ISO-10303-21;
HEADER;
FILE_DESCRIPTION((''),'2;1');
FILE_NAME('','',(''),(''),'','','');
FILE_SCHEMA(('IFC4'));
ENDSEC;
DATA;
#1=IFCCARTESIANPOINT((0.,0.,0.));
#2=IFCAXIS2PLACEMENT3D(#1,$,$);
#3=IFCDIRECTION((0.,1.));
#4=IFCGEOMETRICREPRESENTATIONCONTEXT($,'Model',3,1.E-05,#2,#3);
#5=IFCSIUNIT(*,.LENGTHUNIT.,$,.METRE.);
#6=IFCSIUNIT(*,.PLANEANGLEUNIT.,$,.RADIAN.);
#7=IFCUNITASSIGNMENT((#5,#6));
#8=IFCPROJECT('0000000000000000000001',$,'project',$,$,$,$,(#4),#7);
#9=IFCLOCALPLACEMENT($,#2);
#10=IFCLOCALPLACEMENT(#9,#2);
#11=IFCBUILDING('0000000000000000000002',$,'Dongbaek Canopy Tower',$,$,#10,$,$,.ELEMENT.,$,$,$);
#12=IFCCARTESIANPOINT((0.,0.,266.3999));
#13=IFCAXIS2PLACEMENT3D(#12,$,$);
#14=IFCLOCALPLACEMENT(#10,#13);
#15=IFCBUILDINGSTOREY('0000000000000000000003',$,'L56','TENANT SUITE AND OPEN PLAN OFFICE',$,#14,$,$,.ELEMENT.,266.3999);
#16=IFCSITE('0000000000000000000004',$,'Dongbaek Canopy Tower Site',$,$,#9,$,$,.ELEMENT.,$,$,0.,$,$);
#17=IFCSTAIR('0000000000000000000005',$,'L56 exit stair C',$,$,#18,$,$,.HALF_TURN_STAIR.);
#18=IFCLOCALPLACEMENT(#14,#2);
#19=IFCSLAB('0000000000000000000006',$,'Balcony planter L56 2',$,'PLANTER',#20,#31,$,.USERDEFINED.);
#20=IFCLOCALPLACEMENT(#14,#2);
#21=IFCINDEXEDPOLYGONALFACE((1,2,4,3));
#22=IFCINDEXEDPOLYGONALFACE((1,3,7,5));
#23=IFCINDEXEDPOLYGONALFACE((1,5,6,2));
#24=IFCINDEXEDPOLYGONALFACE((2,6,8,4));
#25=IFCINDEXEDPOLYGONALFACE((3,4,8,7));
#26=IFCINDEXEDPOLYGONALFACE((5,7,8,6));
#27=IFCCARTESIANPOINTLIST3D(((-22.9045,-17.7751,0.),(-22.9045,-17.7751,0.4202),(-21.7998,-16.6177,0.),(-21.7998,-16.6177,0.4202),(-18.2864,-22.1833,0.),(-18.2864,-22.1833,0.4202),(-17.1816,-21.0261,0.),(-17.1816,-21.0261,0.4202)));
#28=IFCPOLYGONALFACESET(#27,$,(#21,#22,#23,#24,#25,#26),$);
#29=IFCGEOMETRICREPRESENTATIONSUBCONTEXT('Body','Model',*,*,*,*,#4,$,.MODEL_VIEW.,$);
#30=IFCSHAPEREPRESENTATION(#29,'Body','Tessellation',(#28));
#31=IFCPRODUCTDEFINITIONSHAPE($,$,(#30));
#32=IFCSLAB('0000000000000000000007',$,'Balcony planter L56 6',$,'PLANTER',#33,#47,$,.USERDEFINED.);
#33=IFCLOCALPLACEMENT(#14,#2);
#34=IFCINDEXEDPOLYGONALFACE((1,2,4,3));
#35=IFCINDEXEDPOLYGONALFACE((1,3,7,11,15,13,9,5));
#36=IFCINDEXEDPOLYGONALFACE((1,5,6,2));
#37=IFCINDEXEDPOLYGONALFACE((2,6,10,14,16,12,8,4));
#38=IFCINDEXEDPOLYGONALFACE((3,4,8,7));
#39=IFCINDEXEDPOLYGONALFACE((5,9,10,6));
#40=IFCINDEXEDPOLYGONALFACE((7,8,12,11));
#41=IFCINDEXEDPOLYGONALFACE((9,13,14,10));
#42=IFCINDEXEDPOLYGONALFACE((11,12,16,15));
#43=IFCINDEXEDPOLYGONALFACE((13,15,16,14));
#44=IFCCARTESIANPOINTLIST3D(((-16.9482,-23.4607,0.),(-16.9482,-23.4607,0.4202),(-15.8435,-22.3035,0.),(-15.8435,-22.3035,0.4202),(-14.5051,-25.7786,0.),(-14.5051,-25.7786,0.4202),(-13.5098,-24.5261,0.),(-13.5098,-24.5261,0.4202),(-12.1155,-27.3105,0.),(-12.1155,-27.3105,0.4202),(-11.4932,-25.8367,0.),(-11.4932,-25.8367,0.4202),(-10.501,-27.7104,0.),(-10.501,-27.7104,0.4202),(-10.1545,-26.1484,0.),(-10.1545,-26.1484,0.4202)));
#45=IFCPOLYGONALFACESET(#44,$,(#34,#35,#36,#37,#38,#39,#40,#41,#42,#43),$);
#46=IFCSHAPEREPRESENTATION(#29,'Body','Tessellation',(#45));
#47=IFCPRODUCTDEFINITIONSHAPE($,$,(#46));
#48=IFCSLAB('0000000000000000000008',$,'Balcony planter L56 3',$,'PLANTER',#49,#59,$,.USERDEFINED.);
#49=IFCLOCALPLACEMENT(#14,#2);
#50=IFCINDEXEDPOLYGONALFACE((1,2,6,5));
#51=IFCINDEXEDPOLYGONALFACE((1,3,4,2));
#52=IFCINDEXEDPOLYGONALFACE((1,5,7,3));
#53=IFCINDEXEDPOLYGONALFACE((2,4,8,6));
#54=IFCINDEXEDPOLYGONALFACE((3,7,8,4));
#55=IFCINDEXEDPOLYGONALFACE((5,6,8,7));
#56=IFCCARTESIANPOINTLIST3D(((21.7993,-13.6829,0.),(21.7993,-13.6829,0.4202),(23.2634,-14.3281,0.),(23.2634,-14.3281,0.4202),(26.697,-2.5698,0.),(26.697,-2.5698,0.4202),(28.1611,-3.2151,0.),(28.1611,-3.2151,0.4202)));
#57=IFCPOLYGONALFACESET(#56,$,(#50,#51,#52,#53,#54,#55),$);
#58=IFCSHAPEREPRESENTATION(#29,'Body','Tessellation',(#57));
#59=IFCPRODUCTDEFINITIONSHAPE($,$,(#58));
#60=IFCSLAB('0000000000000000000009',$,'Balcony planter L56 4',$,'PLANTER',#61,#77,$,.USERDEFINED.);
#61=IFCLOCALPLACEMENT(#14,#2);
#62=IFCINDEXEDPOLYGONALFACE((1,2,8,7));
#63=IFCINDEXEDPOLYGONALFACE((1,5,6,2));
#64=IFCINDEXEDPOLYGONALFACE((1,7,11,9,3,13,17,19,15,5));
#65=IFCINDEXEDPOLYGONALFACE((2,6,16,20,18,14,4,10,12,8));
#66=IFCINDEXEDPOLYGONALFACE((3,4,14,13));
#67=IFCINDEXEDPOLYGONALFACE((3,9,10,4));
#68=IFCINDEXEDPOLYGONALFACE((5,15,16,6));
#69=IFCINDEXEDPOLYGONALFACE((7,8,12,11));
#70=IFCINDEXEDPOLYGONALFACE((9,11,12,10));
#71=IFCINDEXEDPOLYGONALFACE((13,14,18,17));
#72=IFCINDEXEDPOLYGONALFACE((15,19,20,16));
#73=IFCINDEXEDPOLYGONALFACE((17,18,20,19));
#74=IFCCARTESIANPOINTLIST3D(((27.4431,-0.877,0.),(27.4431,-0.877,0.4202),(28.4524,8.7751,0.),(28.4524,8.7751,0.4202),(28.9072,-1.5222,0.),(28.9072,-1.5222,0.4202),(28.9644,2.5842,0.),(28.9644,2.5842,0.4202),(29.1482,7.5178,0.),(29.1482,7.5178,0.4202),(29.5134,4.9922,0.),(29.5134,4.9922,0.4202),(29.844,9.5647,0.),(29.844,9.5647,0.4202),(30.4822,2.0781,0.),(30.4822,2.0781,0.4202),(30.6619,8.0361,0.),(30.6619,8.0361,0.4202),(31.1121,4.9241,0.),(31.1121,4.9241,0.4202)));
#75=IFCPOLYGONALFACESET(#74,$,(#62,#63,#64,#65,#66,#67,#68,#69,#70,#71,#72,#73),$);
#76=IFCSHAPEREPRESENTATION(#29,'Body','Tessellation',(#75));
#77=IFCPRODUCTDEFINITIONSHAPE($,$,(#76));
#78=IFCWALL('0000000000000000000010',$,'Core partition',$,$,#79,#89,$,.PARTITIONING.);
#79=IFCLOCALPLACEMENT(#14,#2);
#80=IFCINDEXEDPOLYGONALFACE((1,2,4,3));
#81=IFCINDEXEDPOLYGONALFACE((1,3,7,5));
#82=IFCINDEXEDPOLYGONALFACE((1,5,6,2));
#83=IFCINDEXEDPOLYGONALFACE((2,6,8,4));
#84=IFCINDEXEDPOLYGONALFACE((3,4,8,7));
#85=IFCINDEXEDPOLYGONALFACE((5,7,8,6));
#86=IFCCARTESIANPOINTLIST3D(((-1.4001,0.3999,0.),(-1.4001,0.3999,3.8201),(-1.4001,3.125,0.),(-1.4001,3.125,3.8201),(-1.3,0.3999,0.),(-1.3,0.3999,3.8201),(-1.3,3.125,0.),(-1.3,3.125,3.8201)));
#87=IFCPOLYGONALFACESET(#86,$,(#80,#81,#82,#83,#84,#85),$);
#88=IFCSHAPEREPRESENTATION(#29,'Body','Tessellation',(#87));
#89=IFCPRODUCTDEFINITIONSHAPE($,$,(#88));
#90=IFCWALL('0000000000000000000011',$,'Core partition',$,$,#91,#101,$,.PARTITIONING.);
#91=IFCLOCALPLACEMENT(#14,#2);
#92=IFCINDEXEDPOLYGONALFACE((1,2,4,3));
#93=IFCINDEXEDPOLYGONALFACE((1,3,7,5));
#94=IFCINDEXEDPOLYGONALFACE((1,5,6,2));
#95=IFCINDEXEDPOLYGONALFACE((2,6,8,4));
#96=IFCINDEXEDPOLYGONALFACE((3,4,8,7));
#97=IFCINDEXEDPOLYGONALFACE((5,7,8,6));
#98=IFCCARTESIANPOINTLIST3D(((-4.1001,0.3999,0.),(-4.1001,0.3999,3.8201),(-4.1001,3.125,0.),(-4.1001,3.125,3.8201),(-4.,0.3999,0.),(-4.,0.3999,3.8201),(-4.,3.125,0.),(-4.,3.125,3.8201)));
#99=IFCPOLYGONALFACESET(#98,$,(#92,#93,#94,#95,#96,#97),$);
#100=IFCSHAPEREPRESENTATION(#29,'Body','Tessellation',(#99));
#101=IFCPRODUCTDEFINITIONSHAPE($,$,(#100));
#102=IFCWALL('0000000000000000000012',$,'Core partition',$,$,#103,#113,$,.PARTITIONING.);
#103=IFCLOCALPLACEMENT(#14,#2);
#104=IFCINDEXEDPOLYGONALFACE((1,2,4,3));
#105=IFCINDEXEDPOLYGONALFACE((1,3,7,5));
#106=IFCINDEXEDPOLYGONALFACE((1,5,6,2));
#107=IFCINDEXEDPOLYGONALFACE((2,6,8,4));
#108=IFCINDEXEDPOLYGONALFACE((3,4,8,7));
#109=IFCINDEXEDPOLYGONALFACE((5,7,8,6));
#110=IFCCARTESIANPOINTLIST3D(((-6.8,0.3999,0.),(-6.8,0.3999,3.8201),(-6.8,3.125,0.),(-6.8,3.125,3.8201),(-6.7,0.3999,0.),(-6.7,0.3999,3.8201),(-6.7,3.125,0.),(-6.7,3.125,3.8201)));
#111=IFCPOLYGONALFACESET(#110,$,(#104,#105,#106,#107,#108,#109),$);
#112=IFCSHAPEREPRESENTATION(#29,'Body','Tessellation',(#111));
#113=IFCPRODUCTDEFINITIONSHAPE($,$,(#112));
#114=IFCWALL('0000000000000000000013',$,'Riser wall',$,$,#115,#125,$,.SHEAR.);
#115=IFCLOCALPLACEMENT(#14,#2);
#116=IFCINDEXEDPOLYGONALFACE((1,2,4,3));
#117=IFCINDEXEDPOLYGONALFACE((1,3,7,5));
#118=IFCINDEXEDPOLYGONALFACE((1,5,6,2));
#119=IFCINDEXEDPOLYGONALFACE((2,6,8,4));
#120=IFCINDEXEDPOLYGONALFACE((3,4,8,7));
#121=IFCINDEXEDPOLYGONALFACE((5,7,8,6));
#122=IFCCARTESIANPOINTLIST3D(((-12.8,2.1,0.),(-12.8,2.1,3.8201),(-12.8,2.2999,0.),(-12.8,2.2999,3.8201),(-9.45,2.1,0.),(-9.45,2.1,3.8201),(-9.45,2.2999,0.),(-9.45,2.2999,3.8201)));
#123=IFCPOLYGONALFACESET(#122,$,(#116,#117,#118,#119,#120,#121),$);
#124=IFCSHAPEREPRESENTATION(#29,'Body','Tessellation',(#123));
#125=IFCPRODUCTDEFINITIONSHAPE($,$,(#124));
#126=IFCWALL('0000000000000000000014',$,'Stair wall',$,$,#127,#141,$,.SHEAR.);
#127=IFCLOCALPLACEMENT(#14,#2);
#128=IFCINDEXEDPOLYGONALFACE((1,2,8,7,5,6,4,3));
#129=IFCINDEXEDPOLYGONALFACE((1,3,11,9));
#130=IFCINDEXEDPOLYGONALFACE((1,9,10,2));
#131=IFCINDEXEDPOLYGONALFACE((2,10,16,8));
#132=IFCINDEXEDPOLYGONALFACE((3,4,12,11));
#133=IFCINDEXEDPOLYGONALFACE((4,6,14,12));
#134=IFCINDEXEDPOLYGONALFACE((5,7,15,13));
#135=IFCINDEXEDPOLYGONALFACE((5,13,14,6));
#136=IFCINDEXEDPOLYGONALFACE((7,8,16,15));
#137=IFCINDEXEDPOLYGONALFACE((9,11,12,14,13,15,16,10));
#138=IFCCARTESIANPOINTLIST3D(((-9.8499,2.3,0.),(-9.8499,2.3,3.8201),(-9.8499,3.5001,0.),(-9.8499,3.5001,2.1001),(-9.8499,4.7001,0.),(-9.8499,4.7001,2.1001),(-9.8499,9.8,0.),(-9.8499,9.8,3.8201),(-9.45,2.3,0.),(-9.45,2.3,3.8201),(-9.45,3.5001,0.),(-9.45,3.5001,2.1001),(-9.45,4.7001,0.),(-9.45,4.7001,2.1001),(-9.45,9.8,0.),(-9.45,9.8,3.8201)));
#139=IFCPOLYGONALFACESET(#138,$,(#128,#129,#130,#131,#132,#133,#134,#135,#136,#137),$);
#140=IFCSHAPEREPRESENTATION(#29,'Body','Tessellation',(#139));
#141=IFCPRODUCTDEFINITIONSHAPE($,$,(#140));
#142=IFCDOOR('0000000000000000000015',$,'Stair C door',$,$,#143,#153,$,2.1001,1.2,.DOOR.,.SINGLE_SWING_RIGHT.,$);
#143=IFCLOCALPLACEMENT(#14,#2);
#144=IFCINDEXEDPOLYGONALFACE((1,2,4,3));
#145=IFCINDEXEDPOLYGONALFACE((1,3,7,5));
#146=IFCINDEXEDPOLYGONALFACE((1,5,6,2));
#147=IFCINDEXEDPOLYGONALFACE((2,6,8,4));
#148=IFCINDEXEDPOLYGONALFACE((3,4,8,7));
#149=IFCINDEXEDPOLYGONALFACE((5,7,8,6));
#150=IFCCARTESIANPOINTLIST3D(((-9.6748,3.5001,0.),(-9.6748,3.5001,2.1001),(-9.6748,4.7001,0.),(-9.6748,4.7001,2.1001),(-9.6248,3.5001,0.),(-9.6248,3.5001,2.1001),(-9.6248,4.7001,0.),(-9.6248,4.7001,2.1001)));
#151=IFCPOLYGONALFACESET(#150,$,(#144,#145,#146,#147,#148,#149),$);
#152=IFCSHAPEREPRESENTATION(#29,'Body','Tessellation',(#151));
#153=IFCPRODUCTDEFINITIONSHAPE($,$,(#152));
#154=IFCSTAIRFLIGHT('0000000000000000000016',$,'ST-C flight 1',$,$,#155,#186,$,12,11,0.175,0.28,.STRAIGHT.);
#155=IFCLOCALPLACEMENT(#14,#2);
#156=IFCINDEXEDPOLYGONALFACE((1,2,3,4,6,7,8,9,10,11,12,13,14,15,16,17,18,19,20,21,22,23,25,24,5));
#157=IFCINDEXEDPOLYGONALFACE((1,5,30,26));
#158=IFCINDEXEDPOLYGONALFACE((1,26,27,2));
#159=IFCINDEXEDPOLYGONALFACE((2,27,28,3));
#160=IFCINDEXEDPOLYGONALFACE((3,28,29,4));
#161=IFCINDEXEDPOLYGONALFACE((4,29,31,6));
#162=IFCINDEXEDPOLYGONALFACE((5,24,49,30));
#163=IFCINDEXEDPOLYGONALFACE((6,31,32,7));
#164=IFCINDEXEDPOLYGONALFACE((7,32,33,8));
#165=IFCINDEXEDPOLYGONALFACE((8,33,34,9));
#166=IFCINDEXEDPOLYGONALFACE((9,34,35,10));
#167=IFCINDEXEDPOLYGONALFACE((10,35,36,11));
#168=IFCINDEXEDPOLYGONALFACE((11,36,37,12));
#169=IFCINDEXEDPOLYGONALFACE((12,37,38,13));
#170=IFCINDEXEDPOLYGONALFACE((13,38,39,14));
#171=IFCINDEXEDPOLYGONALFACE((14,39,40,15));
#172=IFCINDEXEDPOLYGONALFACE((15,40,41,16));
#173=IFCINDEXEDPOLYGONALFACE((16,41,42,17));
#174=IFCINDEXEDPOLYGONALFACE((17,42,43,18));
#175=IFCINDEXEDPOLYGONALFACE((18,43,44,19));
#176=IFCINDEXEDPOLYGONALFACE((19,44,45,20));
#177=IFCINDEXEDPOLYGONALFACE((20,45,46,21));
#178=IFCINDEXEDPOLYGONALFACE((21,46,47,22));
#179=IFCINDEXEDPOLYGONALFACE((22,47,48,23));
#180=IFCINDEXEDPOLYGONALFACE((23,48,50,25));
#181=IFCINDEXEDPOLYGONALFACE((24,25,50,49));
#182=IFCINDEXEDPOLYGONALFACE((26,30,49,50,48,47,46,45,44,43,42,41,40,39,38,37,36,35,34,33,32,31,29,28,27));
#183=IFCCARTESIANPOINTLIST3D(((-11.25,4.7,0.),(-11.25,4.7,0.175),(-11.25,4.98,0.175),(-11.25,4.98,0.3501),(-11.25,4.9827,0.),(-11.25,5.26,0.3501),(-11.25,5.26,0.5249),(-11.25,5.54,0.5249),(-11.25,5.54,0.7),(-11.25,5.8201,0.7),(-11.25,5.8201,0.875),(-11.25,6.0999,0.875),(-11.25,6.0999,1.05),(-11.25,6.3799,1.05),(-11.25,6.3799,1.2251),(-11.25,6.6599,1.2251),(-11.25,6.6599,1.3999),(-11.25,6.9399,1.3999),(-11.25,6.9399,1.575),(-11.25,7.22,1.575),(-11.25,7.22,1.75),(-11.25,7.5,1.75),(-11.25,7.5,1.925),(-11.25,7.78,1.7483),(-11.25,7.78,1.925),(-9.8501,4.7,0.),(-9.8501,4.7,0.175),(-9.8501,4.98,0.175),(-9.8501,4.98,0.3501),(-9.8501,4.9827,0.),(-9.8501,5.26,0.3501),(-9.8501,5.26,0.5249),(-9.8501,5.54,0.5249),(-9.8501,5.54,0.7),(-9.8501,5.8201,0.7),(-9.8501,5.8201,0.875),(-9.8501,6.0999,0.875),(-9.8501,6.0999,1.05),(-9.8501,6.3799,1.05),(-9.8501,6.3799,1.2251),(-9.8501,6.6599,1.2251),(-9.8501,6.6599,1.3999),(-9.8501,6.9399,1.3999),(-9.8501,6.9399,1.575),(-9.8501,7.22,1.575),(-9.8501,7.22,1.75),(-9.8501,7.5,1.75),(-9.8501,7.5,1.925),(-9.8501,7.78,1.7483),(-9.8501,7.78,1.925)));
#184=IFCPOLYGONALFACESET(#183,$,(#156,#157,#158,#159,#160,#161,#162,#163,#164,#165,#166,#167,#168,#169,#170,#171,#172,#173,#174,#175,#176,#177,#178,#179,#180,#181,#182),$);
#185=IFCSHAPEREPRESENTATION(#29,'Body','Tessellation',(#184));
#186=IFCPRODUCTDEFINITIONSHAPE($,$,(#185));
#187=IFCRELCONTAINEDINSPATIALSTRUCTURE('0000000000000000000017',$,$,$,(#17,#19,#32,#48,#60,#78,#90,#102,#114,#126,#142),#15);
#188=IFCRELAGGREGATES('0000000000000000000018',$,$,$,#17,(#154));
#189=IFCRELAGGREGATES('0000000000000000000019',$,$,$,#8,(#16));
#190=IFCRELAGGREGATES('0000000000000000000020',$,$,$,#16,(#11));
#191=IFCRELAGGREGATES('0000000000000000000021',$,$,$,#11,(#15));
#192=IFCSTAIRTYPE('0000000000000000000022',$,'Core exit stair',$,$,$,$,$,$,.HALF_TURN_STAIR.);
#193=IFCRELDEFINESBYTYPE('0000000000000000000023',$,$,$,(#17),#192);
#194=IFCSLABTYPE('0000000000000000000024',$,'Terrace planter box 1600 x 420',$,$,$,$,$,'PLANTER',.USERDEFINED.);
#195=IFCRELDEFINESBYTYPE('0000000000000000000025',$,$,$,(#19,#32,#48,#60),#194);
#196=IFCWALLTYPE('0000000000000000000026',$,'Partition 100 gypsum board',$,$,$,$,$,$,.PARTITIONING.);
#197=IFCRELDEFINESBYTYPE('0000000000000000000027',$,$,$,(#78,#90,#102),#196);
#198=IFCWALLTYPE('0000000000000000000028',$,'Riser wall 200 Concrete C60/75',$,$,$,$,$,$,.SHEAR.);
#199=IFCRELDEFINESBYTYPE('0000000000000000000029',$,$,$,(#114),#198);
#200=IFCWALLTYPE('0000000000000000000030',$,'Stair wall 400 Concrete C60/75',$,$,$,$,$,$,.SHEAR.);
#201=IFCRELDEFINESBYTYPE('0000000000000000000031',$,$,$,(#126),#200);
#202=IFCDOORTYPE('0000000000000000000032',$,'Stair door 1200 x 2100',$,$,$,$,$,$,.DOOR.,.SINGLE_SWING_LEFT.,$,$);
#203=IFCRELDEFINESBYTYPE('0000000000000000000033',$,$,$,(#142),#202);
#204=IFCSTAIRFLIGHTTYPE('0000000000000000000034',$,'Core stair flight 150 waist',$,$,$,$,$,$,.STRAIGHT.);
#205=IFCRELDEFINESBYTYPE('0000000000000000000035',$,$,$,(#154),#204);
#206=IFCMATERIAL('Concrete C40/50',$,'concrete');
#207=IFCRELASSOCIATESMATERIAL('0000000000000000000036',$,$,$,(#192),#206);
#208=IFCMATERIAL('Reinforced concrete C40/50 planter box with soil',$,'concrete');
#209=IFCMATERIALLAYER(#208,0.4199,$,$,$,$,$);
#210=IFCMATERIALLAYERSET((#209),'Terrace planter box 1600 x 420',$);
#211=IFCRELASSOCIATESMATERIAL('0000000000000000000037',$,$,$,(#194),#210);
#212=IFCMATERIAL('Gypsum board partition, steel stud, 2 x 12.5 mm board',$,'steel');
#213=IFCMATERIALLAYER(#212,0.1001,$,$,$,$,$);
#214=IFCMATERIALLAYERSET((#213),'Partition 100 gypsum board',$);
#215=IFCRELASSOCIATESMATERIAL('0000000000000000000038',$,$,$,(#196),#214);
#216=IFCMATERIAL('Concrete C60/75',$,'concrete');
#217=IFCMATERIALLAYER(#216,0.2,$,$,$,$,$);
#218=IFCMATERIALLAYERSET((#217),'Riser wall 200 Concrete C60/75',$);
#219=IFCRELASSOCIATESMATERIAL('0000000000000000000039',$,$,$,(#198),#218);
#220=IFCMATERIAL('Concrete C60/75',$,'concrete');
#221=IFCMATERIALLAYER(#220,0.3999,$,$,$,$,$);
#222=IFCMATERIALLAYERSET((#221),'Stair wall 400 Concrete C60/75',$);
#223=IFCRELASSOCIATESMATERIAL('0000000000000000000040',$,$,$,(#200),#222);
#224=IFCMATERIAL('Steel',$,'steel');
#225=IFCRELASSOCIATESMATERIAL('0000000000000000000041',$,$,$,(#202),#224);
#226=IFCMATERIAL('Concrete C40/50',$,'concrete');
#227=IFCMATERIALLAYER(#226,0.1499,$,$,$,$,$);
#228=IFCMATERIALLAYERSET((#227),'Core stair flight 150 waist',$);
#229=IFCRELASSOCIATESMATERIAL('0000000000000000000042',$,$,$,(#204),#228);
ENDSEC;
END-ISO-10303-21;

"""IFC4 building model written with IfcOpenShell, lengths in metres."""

from ifc_helpers import new_model, si_unit, direction, frame, frame_2d, origin, place, context, subcontext, project, spatial, polyline, rectangle, outline, extrude, material, layer, layer_set, type_object, element, fill, aggregate, save


model = new_model("IFC4")

# Units and contexts
model_context = context("Model", 3, precision=1e-05, world=origin(), true_north=direction((0.0, 1.0)))
body_context = subcontext(model_context, "Body", "Model", "MODEL_VIEW")
ifc_project = project(units=[si_unit("LENGTHUNIT", "METRE"), si_unit("PLANEANGLEUNIT", "RADIAN")], contexts=[model_context])

# Site, building, storey
site_placement = place(None, origin())
site = spatial("IfcSite", under=ifc_project, at=site_placement, Name="Dongbaek Canopy Tower Site", CompositionType="ELEMENT", RefElevation=0.0)
building_placement = place(site_placement, origin())
building = spatial("IfcBuilding", under=site, at=building_placement, Name="Dongbaek Canopy Tower", CompositionType="ELEMENT")
storey_placement = place(building_placement, frame((0.0, 0.0, 266.3999)))
storey = spatial("IfcBuildingStorey", under=building, at=storey_placement, Name="L56", Description="TENANT SUITE AND OPEN PLAN OFFICE", CompositionType="ELEMENT", Elevation=266.3999)

# Stair
ifc_material_1 = material(Name="Concrete C40/50", Category="concrete")
stair_type = type_object("IfcStairType", Name="Core exit stair", PredefinedType="HALF_TURN_STAIR", material=ifc_material_1)
stair_1_placement = place(storey_placement, origin())
stair_1 = element("IfcStair", 1, at=stair_1_placement, inside=storey, type_object=stair_type, Name="L56 exit stair C", PredefinedType="HALF_TURN_STAIR")

# Slabs
ifc_material_2 = material(Name="Reinforced concrete C40/50 planter box with soil", Category="concrete")
ifc_layer_1 = layer(ifc_material_2, 0.4199)
ifc_layer_set_1 = layer_set([ifc_layer_1], Name="Terrace planter box 1600 x 420")
slab_type_1 = type_object("IfcSlabType", Name="Terrace planter box 1600 x 420", ElementType="PLANTER", PredefinedType="USERDEFINED", material=ifc_layer_set_1)
slab_1_placement = place(storey_placement, origin())
element("IfcSlab", 2, at=slab_1_placement, inside=storey, type_object=slab_type_1, Name="Balcony planter L56 2", ObjectType="PLANTER", PredefinedType="USERDEFINED", context=body_context, shape_type="SweptSolid", body=[
    extrude(outline(polyline([(-21.7998, -16.6177), (-17.1816, -21.0261), (-18.2864, -22.1833), (-22.9045, -17.7751), (-21.7998, -16.6177)])), origin(), (0.0, 0.0, 1.0), 0.4202),
])
slab_2_placement = place(storey_placement, origin())
element("IfcSlab", 3, at=slab_2_placement, inside=storey, type_object=slab_type_1, Name="Balcony planter L56 6", ObjectType="PLANTER", PredefinedType="USERDEFINED", context=body_context, shape_type="SweptSolid", body=[
    extrude(outline(polyline([(-15.8435, -22.3035), (-13.5098, -24.5261), (-11.4932, -25.8367), (-10.1545, -26.1484), (-10.501, -27.7104), (-12.1155, -27.3105), (-14.5051, -25.7786), (-16.9482, -23.4607), (-15.8435, -22.3035)])), origin(), (0.0, 0.0, 1.0), 0.4202),
])
slab_3_placement = place(storey_placement, origin())
element("IfcSlab", 4, at=slab_3_placement, inside=storey, type_object=slab_type_1, Name="Balcony planter L56 3", ObjectType="PLANTER", PredefinedType="USERDEFINED", context=body_context, shape_type="SweptSolid", body=[
    extrude(outline(polyline([(21.7993, -13.6829), (26.697, -2.5698), (28.1611, -3.2151), (23.2634, -14.3281), (21.7993, -13.6829)])), origin(), (0.0, 0.0, 1.0), 0.4202),
])
slab_4_placement = place(storey_placement, origin())
element("IfcSlab", 5, at=slab_4_placement, inside=storey, type_object=slab_type_1, Name="Balcony planter L56 4", ObjectType="PLANTER", PredefinedType="USERDEFINED", context=body_context, shape_type="SweptSolid", body=[
    extrude(outline(polyline([(27.4431, -0.877), (28.9644, 2.5842), (29.5134, 4.9922), (29.1482, 7.5178), (28.4524, 8.7751), (29.844, 9.5647), (30.6619, 8.0361), (31.1121, 4.9241), (30.4822, 2.0781), (28.9072, -1.5222), (27.4431, -0.877)])), origin(), (0.0, 0.0, 1.0), 0.4202),
])

# Walls
ifc_material_3 = material(Name="Gypsum board partition, steel stud, 2 x 12.5 mm board", Category="steel")
ifc_layer_2 = layer(ifc_material_3, 0.1001)
ifc_layer_set_2 = layer_set([ifc_layer_2], Name="Partition 100 gypsum board")
wall_type_1 = type_object("IfcWallType", Name="Partition 100 gypsum board", PredefinedType="PARTITIONING", material=ifc_layer_set_2)
for number, where, z_axis, x_axis, name in (
    (6, (-1.3501, 0.3999, 0.0), (0.0, 0.0, 1.0), (0.0, 1.0, 0.0), "Core partition"),
    (7, (-4.05, 0.3999, 0.0), (0.0, 0.0, 1.0), (0.0, 1.0, 0.0), "Core partition"),
    (8, (-6.75, 0.3999, 0.0), (0.0, 0.0, 1.0), (0.0, 1.0, 0.0), "Core partition"),
):
    element("IfcWall", number, at=place(storey_placement, frame(where, z_axis=z_axis, x_axis=x_axis)), inside=storey, type_object=wall_type_1, Name=name, PredefinedType="PARTITIONING", context=body_context, shape_type="SweptSolid", body=[
        extrude(rectangle(XDim=2.7251, YDim=0.1001, at=frame_2d((1.3625, 0.0))), origin(), (0.0, 0.0, 1.0), 3.8201),
    ])
ifc_material_4 = material(Name="Concrete C60/75", Category="concrete")
ifc_layer_3 = layer(ifc_material_4, 0.2)
ifc_layer_set_3 = layer_set([ifc_layer_3], Name="Riser wall 200 Concrete C60/75")
wall_type_2 = type_object("IfcWallType", Name="Riser wall 200 Concrete C60/75", PredefinedType="SHEAR", material=ifc_layer_set_3)
wall_1_placement = place(storey_placement, frame((-9.45, 2.2, 0.0), z_axis=(0.0, 0.0, 1.0), x_axis=(-1.0, 0.0, 0.0)))
element("IfcWall", 9, at=wall_1_placement, inside=storey, type_object=wall_type_2, Name="Riser wall", PredefinedType="SHEAR", context=body_context, shape_type="SweptSolid", body=[
    extrude(rectangle(XDim=3.3501, YDim=0.2, at=frame_2d((1.675, 0.0))), origin(), (0.0, 0.0, 1.0), 3.8201),
])

# Wall, opening, door
ifc_material_5 = material(Name="Concrete C60/75", Category="concrete")
ifc_layer_4 = layer(ifc_material_5, 0.3999)
ifc_layer_set_4 = layer_set([ifc_layer_4], Name="Stair wall 400 Concrete C60/75")
wall_type_3 = type_object("IfcWallType", Name="Stair wall 400 Concrete C60/75", PredefinedType="SHEAR", material=ifc_layer_set_4)
wall_2_placement = place(storey_placement, frame((-9.6499, 2.3, 0.0), z_axis=(0.0, 0.0, 1.0), x_axis=(0.0, 1.0, 0.0)))
wall_2 = element("IfcWall", 10, at=wall_2_placement, inside=storey, type_object=wall_type_3, Name="Stair wall", PredefinedType="SHEAR", context=body_context, shape_type="SweptSolid", body=[
    extrude(rectangle(XDim=7.5, YDim=0.3999, at=frame_2d((3.75, 0.0))), origin(), (0.0, 0.0, 1.0), 3.8201),
])
opening_placement = place(wall_2_placement, frame((1.2, 0.0, 0.0)))
opening = element("IfcOpeningElement", 11, at=opening_placement, cuts=wall_2, PredefinedType="OPENING", context=body_context, shape_type="SweptSolid", body=[
    extrude(rectangle(XDim=1.2, YDim=2.1001, at=frame_2d((0.6001, 1.05))), frame((0.0, 0.21, 0.0), z_axis=(0.0, -1.0, 0.0), x_axis=(1.0, 0.0, 0.0)), (0.0, 0.0, 1.0), 0.4199),
])
ifc_material_6 = material(Name="Steel", Category="steel")
door_type = type_object("IfcDoorType", Name="Stair door 1200 x 2100", OperationType="SINGLE_SWING_LEFT", PredefinedType="DOOR", material=ifc_material_6)
door_placement = place(opening_placement, origin())
door = element("IfcDoor", 12, at=door_placement, inside=storey, type_object=door_type, Name="Stair C door", OperationType="SINGLE_SWING_RIGHT", OverallHeight=2.1001, OverallWidth=1.2, PredefinedType="DOOR", context=body_context, shape_type="SweptSolid", body=[
    extrude(rectangle(XDim=1.2, YDim=2.1001, at=frame_2d((0.6001, 1.05))), frame((0.0, 0.0249, 0.0), z_axis=(0.0, -1.0, 0.0), x_axis=(1.0, 0.0, 0.0)), (0.0, 0.0, 1.0), 0.05),
])
fill(opening, door)

# Stair flight
ifc_material_7 = material(Name="Concrete C40/50", Category="concrete")
ifc_layer_5 = layer(ifc_material_7, 0.1499)
ifc_layer_set_5 = layer_set([ifc_layer_5], Name="Core stair flight 150 waist")
stair_flight_type = type_object("IfcStairFlightType", Name="Core stair flight 150 waist", PredefinedType="STRAIGHT", material=ifc_layer_set_5)
stair_flight_placement = place(storey_placement, frame((-10.55, 4.7, 0.0), z_axis=(0.0, 0.0, 1.0), x_axis=(0.0, 1.0, 0.0)))
stair_flight = element("IfcStairFlight", 13, at=stair_flight_placement, type_object=stair_flight_type, Name="ST-C flight 1", NumberOfRisers=12, NumberOfTreads=11, PredefinedType="STRAIGHT", RiserHeight=0.175, TreadLength=0.28, context=body_context, shape_type="SweptSolid", body=[
    extrude(outline(polyline([(0.0, 0.0), (0.0, 0.175), (0.28, 0.175), (0.28, 0.3501), (0.5601, 0.3501), (0.5601, 0.5249), (0.8401, 0.5249), (0.8401, 0.7), (1.1201, 0.7), (1.1201, 0.875), (1.3999, 0.875), (1.3999, 1.05), (1.6799, 1.05), (1.6799, 1.2251), (1.96, 1.2251), (1.96, 1.3999), (2.24, 1.3999), (2.24, 1.575), (2.52, 1.575), (2.52, 1.75), (2.8, 1.75), (2.8, 1.925), (3.0801, 1.925), (3.0801, 2.1001), (3.0801, 1.7483), (0.2827, 0.0), (0.0, 0.0)])), frame((0.0, 0.7, 0.0), z_axis=(0.0, -1.0, 0.0), x_axis=(1.0, 0.0, 0.0)), (0.0, 0.0, 1.0), 1.3999),
])
aggregate(stair_1, [stair_flight])

save(model, "model.ifc")
